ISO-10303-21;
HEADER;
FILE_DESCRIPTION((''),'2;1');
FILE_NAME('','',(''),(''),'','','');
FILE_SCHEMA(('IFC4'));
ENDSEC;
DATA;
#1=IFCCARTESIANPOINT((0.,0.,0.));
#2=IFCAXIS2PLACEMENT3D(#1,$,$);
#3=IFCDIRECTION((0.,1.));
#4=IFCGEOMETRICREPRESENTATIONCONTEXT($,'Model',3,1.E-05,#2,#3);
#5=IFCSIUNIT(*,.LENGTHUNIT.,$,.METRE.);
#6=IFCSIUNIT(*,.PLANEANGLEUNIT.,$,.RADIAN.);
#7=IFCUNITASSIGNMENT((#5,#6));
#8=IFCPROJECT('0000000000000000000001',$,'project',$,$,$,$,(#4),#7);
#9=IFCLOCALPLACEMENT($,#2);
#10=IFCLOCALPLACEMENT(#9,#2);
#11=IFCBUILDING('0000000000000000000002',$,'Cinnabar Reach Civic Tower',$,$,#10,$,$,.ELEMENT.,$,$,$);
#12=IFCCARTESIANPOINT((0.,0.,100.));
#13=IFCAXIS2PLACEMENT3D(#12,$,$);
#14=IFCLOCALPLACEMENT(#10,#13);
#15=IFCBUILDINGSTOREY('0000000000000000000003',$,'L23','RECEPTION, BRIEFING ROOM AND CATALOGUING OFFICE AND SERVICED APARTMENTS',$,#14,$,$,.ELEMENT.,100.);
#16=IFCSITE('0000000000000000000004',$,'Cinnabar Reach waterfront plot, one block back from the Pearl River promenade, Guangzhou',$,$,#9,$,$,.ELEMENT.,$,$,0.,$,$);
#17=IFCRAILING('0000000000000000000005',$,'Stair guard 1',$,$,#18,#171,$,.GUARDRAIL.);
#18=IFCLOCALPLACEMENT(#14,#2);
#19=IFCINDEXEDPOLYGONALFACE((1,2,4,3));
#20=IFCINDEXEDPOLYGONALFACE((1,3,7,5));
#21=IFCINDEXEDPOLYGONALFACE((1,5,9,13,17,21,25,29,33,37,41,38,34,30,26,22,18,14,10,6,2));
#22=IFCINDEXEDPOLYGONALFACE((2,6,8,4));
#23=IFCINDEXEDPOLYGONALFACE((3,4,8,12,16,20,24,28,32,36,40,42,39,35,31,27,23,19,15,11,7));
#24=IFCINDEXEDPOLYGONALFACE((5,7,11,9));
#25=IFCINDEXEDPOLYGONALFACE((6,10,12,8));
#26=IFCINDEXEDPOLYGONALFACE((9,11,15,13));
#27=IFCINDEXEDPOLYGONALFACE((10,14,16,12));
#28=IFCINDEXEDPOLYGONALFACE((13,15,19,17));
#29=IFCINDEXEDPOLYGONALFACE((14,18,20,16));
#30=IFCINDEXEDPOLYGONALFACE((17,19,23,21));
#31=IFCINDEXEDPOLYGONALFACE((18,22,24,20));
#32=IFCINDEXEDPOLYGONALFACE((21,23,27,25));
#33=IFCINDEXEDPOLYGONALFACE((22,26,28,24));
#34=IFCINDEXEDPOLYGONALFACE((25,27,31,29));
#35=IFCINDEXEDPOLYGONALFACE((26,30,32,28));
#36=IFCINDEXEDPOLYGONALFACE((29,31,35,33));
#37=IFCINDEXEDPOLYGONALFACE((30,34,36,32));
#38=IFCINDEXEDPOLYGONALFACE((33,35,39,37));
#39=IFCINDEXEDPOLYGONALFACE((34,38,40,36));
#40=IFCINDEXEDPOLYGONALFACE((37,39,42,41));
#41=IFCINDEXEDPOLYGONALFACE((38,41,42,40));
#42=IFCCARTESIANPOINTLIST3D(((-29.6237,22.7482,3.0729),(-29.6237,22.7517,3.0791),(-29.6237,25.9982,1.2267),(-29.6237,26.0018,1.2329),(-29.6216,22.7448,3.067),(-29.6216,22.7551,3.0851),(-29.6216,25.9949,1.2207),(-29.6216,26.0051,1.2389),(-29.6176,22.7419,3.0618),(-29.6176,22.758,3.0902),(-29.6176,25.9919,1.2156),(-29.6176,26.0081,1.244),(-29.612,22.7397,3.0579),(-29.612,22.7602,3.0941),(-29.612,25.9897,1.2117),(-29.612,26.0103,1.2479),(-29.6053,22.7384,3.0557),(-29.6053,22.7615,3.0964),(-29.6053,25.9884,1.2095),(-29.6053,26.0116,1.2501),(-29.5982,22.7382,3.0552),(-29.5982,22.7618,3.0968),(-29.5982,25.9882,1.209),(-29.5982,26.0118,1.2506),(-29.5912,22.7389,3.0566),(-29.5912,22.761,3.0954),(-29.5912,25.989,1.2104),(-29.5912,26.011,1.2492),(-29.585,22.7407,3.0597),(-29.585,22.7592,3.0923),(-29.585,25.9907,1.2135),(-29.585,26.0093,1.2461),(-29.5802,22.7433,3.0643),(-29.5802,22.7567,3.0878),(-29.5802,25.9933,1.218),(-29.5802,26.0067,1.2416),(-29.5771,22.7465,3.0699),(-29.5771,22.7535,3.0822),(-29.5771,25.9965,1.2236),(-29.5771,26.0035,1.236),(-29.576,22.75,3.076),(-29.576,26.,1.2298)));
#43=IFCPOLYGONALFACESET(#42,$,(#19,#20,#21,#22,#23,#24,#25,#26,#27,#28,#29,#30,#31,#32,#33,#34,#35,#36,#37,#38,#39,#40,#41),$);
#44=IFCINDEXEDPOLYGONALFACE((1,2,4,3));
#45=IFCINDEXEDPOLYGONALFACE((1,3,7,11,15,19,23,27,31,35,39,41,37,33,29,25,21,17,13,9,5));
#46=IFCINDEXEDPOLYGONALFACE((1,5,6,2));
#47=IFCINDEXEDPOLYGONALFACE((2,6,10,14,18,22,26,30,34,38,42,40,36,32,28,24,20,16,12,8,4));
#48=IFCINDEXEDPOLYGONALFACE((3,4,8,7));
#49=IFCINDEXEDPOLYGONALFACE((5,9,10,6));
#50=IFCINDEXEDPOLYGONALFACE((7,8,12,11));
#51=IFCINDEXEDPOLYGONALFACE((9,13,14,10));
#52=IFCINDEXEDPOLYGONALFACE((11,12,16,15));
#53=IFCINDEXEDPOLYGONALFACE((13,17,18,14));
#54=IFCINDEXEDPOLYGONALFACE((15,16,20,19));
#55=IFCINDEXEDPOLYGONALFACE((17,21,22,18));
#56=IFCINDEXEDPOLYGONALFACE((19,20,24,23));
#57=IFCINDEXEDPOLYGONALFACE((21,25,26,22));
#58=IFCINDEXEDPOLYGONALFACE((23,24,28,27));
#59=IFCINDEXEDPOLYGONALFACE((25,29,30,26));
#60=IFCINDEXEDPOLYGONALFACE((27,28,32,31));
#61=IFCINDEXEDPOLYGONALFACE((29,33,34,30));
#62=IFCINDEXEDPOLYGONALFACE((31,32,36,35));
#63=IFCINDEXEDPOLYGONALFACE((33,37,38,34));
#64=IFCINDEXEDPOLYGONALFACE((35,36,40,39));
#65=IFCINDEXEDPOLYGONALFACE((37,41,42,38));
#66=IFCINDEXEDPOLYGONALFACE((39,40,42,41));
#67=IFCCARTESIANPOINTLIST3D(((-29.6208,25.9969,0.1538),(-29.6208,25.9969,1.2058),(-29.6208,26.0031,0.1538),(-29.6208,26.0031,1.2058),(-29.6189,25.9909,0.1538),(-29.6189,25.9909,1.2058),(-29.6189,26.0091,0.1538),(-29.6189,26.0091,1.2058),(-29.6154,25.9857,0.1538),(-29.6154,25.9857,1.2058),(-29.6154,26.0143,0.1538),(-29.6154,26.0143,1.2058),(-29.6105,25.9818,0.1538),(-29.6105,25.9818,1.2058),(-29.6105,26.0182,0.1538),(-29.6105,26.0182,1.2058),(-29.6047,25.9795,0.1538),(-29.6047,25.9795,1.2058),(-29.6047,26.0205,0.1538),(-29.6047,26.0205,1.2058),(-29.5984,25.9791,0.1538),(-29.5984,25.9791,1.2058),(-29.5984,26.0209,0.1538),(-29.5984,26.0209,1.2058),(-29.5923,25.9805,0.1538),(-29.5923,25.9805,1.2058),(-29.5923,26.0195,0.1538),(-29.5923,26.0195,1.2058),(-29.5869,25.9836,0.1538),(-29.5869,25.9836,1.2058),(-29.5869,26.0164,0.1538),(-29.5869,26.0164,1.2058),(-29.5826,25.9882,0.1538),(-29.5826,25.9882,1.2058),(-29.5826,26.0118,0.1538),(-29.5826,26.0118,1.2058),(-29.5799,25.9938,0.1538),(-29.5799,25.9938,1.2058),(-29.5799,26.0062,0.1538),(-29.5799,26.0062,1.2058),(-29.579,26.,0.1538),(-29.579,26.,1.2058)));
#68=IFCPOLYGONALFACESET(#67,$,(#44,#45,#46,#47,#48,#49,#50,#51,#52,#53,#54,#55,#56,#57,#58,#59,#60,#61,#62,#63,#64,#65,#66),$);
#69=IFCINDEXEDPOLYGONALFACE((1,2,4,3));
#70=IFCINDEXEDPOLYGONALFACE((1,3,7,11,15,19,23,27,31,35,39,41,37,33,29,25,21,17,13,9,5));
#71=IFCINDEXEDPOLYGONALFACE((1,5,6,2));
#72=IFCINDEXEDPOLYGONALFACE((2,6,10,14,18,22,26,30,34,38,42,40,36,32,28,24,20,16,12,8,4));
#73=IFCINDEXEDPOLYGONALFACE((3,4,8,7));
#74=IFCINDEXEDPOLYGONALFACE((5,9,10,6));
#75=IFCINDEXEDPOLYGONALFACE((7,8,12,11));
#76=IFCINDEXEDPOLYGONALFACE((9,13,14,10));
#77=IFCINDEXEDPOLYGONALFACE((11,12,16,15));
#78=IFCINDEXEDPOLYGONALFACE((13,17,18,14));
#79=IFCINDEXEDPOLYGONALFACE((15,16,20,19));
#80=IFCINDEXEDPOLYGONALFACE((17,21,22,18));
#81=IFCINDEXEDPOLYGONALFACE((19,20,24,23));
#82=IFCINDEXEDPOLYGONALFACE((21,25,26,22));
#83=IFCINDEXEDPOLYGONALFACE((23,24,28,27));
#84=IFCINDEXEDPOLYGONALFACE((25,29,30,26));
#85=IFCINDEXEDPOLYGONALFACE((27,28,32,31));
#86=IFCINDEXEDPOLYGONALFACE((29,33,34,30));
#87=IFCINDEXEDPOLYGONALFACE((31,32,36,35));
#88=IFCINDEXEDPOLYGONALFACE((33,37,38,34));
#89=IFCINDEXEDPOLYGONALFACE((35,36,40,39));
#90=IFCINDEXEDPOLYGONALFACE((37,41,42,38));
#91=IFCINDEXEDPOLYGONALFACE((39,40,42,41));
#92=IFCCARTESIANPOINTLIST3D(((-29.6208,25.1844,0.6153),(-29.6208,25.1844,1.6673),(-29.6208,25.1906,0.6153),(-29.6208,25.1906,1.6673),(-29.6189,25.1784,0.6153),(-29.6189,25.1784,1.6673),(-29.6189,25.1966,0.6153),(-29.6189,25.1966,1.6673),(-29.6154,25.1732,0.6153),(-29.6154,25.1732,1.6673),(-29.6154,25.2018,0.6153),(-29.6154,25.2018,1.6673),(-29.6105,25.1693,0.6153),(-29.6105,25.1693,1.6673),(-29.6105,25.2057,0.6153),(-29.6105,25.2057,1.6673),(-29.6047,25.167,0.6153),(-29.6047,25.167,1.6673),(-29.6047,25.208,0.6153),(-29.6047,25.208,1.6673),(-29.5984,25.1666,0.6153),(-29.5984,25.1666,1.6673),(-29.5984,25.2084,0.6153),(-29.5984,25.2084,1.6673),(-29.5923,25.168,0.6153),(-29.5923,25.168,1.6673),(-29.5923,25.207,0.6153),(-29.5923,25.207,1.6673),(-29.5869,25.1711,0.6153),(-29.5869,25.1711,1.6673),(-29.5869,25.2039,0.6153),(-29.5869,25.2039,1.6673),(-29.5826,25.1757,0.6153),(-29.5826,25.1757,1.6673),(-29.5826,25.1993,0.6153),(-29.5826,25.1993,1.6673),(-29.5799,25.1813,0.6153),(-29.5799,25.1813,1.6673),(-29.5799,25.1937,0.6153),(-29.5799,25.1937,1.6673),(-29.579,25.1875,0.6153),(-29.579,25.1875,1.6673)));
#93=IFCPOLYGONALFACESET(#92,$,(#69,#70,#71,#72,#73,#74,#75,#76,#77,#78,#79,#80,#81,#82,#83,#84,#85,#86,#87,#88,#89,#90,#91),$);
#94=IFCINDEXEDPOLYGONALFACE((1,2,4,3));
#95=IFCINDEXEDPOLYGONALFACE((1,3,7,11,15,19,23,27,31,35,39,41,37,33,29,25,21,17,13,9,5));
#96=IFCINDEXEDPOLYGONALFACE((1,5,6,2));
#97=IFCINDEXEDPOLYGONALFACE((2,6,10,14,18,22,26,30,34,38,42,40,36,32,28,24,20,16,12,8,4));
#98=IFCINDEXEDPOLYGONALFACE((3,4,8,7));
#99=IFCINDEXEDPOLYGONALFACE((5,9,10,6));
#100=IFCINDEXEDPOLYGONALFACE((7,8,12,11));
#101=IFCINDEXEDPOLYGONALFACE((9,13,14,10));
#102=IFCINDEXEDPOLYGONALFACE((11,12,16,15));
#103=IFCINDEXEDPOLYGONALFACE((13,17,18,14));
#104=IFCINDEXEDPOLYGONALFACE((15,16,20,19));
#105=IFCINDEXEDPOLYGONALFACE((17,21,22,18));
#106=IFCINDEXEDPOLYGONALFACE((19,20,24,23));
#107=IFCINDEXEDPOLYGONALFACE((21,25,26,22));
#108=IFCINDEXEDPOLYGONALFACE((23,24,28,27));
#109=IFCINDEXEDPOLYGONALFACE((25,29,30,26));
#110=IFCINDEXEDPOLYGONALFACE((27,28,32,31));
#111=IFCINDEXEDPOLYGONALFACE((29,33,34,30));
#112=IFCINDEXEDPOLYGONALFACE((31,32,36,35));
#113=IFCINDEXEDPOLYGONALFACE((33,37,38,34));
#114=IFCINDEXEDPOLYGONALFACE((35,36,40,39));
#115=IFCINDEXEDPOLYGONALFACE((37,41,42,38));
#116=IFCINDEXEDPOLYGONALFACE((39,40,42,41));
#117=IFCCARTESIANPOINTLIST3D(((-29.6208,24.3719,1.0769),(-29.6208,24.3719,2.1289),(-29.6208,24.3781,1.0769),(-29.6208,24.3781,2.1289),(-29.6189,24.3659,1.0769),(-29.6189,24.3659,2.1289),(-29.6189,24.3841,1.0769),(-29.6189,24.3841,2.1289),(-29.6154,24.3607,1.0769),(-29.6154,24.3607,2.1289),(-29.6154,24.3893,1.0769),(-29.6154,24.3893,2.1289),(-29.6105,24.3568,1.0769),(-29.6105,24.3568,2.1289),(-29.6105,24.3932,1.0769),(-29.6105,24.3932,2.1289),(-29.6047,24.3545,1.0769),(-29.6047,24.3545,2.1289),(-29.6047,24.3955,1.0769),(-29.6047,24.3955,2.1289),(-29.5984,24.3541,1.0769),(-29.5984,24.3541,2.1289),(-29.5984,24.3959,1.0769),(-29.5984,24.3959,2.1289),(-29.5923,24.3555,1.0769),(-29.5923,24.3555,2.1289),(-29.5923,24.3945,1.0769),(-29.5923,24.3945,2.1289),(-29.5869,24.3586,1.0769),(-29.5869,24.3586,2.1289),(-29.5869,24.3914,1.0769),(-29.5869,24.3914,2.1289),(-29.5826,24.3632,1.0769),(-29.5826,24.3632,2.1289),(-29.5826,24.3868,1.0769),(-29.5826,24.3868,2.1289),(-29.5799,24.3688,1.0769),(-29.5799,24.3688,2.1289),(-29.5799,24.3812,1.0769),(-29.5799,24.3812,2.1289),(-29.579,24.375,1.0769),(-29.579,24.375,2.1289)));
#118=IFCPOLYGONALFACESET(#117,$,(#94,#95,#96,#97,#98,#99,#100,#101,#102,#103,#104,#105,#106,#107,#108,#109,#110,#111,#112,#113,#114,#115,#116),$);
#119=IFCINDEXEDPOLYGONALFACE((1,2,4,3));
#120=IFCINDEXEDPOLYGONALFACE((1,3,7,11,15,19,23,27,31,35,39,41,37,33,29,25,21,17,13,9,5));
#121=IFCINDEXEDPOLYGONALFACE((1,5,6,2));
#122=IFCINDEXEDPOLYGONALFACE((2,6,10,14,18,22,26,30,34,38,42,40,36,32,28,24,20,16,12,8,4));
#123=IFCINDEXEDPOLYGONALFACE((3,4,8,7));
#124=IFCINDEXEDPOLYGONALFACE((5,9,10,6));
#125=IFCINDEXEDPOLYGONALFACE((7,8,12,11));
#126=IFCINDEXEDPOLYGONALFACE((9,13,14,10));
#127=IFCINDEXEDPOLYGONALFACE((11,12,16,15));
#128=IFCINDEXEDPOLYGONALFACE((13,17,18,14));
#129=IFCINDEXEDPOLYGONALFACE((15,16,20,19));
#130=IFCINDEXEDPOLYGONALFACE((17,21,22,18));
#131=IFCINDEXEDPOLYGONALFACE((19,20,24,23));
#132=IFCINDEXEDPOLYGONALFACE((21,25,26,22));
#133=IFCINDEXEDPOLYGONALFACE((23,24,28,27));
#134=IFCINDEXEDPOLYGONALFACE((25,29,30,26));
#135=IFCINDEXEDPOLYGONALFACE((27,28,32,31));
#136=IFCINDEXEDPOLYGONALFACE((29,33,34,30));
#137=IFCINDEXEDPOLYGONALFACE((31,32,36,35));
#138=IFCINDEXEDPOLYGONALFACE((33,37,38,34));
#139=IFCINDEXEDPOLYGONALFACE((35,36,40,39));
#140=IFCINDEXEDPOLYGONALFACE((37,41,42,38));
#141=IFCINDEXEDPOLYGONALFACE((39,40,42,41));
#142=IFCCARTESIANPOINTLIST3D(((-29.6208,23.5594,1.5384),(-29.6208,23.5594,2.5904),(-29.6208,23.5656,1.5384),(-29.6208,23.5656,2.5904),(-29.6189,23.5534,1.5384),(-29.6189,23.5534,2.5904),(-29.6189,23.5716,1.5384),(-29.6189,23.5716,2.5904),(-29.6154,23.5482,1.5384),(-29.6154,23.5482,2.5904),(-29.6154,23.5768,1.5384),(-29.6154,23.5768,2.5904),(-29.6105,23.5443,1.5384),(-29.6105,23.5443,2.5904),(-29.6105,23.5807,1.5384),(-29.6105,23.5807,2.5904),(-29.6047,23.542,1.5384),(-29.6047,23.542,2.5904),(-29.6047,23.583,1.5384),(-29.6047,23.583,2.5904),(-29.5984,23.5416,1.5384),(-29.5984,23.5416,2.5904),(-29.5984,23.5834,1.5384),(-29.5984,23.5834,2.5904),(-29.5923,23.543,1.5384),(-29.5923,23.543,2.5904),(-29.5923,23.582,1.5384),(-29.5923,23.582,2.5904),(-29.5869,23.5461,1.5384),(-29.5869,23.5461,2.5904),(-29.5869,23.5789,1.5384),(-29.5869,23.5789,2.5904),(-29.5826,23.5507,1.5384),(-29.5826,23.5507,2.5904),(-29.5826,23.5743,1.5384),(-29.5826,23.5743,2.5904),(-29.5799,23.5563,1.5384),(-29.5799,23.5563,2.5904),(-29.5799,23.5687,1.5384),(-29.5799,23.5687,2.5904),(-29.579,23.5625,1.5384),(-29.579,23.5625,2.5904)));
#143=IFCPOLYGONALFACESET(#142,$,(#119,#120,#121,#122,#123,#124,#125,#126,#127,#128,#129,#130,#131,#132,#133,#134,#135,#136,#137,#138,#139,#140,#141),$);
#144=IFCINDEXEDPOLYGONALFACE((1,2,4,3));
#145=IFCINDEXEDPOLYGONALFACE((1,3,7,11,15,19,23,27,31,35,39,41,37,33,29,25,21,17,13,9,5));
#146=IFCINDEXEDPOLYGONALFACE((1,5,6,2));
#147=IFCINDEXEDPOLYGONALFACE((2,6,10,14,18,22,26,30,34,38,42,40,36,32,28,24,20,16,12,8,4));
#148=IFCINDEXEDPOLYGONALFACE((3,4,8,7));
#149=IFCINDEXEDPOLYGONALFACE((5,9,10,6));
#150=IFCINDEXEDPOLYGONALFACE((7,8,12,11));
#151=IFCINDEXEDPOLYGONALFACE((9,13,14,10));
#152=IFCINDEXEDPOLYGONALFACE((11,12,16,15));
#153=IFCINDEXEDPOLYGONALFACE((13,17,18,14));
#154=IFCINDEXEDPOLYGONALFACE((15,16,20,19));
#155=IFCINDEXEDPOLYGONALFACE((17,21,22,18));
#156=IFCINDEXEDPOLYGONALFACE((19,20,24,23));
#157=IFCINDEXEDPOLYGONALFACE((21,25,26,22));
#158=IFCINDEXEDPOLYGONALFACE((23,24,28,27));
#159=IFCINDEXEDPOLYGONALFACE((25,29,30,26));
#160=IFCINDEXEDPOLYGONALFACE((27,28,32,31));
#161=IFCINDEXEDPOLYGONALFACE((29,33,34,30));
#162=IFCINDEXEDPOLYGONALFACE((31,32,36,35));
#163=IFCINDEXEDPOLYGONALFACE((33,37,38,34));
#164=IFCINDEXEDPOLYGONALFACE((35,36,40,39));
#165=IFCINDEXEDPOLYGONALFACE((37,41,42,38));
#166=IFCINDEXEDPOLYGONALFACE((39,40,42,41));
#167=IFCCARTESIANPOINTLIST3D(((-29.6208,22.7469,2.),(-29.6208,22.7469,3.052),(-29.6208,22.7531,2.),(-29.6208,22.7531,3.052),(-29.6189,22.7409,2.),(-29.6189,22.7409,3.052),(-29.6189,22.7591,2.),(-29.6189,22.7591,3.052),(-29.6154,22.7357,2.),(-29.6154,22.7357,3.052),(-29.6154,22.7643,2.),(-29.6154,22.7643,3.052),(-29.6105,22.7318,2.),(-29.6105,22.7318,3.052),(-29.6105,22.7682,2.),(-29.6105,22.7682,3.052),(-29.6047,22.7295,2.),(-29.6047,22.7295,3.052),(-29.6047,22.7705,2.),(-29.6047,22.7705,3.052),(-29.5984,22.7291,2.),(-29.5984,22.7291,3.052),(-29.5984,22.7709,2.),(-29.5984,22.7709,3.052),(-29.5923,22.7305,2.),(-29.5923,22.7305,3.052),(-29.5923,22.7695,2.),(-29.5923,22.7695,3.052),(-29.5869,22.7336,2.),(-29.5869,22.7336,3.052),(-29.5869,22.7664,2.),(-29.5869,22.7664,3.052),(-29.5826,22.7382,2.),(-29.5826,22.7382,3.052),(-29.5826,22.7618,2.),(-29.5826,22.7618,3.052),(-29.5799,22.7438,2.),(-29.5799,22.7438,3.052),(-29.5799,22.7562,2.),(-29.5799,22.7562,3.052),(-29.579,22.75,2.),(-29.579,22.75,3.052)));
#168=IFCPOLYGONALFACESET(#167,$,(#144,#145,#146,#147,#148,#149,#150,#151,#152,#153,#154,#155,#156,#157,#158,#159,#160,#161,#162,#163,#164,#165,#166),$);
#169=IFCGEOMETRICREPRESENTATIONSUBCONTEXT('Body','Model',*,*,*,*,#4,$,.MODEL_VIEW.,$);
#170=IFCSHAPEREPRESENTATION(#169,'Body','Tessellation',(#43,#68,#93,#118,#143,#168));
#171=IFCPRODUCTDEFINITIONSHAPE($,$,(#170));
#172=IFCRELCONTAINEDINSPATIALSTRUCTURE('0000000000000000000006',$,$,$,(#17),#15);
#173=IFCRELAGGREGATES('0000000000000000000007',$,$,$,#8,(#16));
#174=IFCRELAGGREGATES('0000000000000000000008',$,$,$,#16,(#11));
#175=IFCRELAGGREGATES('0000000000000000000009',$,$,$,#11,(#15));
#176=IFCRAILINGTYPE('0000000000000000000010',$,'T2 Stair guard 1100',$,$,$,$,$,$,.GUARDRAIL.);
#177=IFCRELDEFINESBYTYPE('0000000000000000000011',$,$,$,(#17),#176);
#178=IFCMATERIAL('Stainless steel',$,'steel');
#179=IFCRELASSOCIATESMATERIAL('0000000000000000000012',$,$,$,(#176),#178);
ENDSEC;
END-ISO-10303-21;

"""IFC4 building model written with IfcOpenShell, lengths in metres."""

from ifc_helpers import new_model, si_unit, direction, frame, origin, origin_2d, place, context, subcontext, project, spatial, circle, extrude, material, type_object, element, save


model = new_model("IFC4")

# Units and contexts
model_context = context("Model", 3, precision=1e-05, world=origin(), true_north=direction((0.0, 1.0)))
body_context = subcontext(model_context, "Body", "Model", "MODEL_VIEW")
ifc_project = project(units=[si_unit("LENGTHUNIT", "METRE"), si_unit("PLANEANGLEUNIT", "RADIAN")], contexts=[model_context])

# Site, building, storey
site_placement = place(None, origin())
site = spatial("IfcSite", under=ifc_project, at=site_placement, Name="Cinnabar Reach waterfront plot, one block back from the Pearl River promenade, Guangzhou", CompositionType="ELEMENT", RefElevation=0.0)
building_placement = place(site_placement, origin())
building = spatial("IfcBuilding", under=site, at=building_placement, Name="Cinnabar Reach Civic Tower", CompositionType="ELEMENT")
storey_placement = place(building_placement, frame((0.0, 0.0, 100.0)))
storey = spatial("IfcBuildingStorey", under=building, at=storey_placement, Name="L23", Description="RECEPTION, BRIEFING ROOM AND CATALOGUING OFFICE AND SERVICED APARTMENTS", CompositionType="ELEMENT", Elevation=100.0)

# Railing
ifc_material_1 = material(Name="Stainless steel", Category="steel")
railing_type = type_object("IfcRailingType", Name="T2 Stair guard 1100", PredefinedType="GUARDRAIL", material=ifc_material_1)
railing_1_placement = place(storey_placement, frame((-29.6, 26.0, 0.1538)))
element("IfcRailing", 1, at=railing_1_placement, inside=storey, type_object=railing_type, Name="Stair guard 1", PredefinedType="GUARDRAIL", context=body_context, shape_type="SweptSolid", body=[
    extrude(circle(Radius=0.024, at=origin_2d()), frame((0.0, 0.0, 1.076), z_axis=(0.0, -0.869501, 0.49393), x_axis=(1.0, 0.0, 0.0)), (0.0, 0.0, 1.0), 3.7378),
    extrude(circle(Radius=0.021, at=origin_2d()), origin(), (0.0, 0.0, 1.0), 1.052),
    extrude(circle(Radius=0.021, at=origin_2d()), frame((0.0, -0.8125, 0.4615)), (0.0, 0.0, 1.0), 1.052),
    extrude(circle(Radius=0.021, at=origin_2d()), frame((0.0, -1.625, 0.9231)), (0.0, 0.0, 1.0), 1.052),
    extrude(circle(Radius=0.021, at=origin_2d()), frame((0.0, -2.4375, 1.3846)), (0.0, 0.0, 1.0), 1.052),
    extrude(circle(Radius=0.021, at=origin_2d()), frame((0.0, -3.25, 1.8462)), (0.0, 0.0, 1.0), 1.052),
])

save(model, "model.ifc")
